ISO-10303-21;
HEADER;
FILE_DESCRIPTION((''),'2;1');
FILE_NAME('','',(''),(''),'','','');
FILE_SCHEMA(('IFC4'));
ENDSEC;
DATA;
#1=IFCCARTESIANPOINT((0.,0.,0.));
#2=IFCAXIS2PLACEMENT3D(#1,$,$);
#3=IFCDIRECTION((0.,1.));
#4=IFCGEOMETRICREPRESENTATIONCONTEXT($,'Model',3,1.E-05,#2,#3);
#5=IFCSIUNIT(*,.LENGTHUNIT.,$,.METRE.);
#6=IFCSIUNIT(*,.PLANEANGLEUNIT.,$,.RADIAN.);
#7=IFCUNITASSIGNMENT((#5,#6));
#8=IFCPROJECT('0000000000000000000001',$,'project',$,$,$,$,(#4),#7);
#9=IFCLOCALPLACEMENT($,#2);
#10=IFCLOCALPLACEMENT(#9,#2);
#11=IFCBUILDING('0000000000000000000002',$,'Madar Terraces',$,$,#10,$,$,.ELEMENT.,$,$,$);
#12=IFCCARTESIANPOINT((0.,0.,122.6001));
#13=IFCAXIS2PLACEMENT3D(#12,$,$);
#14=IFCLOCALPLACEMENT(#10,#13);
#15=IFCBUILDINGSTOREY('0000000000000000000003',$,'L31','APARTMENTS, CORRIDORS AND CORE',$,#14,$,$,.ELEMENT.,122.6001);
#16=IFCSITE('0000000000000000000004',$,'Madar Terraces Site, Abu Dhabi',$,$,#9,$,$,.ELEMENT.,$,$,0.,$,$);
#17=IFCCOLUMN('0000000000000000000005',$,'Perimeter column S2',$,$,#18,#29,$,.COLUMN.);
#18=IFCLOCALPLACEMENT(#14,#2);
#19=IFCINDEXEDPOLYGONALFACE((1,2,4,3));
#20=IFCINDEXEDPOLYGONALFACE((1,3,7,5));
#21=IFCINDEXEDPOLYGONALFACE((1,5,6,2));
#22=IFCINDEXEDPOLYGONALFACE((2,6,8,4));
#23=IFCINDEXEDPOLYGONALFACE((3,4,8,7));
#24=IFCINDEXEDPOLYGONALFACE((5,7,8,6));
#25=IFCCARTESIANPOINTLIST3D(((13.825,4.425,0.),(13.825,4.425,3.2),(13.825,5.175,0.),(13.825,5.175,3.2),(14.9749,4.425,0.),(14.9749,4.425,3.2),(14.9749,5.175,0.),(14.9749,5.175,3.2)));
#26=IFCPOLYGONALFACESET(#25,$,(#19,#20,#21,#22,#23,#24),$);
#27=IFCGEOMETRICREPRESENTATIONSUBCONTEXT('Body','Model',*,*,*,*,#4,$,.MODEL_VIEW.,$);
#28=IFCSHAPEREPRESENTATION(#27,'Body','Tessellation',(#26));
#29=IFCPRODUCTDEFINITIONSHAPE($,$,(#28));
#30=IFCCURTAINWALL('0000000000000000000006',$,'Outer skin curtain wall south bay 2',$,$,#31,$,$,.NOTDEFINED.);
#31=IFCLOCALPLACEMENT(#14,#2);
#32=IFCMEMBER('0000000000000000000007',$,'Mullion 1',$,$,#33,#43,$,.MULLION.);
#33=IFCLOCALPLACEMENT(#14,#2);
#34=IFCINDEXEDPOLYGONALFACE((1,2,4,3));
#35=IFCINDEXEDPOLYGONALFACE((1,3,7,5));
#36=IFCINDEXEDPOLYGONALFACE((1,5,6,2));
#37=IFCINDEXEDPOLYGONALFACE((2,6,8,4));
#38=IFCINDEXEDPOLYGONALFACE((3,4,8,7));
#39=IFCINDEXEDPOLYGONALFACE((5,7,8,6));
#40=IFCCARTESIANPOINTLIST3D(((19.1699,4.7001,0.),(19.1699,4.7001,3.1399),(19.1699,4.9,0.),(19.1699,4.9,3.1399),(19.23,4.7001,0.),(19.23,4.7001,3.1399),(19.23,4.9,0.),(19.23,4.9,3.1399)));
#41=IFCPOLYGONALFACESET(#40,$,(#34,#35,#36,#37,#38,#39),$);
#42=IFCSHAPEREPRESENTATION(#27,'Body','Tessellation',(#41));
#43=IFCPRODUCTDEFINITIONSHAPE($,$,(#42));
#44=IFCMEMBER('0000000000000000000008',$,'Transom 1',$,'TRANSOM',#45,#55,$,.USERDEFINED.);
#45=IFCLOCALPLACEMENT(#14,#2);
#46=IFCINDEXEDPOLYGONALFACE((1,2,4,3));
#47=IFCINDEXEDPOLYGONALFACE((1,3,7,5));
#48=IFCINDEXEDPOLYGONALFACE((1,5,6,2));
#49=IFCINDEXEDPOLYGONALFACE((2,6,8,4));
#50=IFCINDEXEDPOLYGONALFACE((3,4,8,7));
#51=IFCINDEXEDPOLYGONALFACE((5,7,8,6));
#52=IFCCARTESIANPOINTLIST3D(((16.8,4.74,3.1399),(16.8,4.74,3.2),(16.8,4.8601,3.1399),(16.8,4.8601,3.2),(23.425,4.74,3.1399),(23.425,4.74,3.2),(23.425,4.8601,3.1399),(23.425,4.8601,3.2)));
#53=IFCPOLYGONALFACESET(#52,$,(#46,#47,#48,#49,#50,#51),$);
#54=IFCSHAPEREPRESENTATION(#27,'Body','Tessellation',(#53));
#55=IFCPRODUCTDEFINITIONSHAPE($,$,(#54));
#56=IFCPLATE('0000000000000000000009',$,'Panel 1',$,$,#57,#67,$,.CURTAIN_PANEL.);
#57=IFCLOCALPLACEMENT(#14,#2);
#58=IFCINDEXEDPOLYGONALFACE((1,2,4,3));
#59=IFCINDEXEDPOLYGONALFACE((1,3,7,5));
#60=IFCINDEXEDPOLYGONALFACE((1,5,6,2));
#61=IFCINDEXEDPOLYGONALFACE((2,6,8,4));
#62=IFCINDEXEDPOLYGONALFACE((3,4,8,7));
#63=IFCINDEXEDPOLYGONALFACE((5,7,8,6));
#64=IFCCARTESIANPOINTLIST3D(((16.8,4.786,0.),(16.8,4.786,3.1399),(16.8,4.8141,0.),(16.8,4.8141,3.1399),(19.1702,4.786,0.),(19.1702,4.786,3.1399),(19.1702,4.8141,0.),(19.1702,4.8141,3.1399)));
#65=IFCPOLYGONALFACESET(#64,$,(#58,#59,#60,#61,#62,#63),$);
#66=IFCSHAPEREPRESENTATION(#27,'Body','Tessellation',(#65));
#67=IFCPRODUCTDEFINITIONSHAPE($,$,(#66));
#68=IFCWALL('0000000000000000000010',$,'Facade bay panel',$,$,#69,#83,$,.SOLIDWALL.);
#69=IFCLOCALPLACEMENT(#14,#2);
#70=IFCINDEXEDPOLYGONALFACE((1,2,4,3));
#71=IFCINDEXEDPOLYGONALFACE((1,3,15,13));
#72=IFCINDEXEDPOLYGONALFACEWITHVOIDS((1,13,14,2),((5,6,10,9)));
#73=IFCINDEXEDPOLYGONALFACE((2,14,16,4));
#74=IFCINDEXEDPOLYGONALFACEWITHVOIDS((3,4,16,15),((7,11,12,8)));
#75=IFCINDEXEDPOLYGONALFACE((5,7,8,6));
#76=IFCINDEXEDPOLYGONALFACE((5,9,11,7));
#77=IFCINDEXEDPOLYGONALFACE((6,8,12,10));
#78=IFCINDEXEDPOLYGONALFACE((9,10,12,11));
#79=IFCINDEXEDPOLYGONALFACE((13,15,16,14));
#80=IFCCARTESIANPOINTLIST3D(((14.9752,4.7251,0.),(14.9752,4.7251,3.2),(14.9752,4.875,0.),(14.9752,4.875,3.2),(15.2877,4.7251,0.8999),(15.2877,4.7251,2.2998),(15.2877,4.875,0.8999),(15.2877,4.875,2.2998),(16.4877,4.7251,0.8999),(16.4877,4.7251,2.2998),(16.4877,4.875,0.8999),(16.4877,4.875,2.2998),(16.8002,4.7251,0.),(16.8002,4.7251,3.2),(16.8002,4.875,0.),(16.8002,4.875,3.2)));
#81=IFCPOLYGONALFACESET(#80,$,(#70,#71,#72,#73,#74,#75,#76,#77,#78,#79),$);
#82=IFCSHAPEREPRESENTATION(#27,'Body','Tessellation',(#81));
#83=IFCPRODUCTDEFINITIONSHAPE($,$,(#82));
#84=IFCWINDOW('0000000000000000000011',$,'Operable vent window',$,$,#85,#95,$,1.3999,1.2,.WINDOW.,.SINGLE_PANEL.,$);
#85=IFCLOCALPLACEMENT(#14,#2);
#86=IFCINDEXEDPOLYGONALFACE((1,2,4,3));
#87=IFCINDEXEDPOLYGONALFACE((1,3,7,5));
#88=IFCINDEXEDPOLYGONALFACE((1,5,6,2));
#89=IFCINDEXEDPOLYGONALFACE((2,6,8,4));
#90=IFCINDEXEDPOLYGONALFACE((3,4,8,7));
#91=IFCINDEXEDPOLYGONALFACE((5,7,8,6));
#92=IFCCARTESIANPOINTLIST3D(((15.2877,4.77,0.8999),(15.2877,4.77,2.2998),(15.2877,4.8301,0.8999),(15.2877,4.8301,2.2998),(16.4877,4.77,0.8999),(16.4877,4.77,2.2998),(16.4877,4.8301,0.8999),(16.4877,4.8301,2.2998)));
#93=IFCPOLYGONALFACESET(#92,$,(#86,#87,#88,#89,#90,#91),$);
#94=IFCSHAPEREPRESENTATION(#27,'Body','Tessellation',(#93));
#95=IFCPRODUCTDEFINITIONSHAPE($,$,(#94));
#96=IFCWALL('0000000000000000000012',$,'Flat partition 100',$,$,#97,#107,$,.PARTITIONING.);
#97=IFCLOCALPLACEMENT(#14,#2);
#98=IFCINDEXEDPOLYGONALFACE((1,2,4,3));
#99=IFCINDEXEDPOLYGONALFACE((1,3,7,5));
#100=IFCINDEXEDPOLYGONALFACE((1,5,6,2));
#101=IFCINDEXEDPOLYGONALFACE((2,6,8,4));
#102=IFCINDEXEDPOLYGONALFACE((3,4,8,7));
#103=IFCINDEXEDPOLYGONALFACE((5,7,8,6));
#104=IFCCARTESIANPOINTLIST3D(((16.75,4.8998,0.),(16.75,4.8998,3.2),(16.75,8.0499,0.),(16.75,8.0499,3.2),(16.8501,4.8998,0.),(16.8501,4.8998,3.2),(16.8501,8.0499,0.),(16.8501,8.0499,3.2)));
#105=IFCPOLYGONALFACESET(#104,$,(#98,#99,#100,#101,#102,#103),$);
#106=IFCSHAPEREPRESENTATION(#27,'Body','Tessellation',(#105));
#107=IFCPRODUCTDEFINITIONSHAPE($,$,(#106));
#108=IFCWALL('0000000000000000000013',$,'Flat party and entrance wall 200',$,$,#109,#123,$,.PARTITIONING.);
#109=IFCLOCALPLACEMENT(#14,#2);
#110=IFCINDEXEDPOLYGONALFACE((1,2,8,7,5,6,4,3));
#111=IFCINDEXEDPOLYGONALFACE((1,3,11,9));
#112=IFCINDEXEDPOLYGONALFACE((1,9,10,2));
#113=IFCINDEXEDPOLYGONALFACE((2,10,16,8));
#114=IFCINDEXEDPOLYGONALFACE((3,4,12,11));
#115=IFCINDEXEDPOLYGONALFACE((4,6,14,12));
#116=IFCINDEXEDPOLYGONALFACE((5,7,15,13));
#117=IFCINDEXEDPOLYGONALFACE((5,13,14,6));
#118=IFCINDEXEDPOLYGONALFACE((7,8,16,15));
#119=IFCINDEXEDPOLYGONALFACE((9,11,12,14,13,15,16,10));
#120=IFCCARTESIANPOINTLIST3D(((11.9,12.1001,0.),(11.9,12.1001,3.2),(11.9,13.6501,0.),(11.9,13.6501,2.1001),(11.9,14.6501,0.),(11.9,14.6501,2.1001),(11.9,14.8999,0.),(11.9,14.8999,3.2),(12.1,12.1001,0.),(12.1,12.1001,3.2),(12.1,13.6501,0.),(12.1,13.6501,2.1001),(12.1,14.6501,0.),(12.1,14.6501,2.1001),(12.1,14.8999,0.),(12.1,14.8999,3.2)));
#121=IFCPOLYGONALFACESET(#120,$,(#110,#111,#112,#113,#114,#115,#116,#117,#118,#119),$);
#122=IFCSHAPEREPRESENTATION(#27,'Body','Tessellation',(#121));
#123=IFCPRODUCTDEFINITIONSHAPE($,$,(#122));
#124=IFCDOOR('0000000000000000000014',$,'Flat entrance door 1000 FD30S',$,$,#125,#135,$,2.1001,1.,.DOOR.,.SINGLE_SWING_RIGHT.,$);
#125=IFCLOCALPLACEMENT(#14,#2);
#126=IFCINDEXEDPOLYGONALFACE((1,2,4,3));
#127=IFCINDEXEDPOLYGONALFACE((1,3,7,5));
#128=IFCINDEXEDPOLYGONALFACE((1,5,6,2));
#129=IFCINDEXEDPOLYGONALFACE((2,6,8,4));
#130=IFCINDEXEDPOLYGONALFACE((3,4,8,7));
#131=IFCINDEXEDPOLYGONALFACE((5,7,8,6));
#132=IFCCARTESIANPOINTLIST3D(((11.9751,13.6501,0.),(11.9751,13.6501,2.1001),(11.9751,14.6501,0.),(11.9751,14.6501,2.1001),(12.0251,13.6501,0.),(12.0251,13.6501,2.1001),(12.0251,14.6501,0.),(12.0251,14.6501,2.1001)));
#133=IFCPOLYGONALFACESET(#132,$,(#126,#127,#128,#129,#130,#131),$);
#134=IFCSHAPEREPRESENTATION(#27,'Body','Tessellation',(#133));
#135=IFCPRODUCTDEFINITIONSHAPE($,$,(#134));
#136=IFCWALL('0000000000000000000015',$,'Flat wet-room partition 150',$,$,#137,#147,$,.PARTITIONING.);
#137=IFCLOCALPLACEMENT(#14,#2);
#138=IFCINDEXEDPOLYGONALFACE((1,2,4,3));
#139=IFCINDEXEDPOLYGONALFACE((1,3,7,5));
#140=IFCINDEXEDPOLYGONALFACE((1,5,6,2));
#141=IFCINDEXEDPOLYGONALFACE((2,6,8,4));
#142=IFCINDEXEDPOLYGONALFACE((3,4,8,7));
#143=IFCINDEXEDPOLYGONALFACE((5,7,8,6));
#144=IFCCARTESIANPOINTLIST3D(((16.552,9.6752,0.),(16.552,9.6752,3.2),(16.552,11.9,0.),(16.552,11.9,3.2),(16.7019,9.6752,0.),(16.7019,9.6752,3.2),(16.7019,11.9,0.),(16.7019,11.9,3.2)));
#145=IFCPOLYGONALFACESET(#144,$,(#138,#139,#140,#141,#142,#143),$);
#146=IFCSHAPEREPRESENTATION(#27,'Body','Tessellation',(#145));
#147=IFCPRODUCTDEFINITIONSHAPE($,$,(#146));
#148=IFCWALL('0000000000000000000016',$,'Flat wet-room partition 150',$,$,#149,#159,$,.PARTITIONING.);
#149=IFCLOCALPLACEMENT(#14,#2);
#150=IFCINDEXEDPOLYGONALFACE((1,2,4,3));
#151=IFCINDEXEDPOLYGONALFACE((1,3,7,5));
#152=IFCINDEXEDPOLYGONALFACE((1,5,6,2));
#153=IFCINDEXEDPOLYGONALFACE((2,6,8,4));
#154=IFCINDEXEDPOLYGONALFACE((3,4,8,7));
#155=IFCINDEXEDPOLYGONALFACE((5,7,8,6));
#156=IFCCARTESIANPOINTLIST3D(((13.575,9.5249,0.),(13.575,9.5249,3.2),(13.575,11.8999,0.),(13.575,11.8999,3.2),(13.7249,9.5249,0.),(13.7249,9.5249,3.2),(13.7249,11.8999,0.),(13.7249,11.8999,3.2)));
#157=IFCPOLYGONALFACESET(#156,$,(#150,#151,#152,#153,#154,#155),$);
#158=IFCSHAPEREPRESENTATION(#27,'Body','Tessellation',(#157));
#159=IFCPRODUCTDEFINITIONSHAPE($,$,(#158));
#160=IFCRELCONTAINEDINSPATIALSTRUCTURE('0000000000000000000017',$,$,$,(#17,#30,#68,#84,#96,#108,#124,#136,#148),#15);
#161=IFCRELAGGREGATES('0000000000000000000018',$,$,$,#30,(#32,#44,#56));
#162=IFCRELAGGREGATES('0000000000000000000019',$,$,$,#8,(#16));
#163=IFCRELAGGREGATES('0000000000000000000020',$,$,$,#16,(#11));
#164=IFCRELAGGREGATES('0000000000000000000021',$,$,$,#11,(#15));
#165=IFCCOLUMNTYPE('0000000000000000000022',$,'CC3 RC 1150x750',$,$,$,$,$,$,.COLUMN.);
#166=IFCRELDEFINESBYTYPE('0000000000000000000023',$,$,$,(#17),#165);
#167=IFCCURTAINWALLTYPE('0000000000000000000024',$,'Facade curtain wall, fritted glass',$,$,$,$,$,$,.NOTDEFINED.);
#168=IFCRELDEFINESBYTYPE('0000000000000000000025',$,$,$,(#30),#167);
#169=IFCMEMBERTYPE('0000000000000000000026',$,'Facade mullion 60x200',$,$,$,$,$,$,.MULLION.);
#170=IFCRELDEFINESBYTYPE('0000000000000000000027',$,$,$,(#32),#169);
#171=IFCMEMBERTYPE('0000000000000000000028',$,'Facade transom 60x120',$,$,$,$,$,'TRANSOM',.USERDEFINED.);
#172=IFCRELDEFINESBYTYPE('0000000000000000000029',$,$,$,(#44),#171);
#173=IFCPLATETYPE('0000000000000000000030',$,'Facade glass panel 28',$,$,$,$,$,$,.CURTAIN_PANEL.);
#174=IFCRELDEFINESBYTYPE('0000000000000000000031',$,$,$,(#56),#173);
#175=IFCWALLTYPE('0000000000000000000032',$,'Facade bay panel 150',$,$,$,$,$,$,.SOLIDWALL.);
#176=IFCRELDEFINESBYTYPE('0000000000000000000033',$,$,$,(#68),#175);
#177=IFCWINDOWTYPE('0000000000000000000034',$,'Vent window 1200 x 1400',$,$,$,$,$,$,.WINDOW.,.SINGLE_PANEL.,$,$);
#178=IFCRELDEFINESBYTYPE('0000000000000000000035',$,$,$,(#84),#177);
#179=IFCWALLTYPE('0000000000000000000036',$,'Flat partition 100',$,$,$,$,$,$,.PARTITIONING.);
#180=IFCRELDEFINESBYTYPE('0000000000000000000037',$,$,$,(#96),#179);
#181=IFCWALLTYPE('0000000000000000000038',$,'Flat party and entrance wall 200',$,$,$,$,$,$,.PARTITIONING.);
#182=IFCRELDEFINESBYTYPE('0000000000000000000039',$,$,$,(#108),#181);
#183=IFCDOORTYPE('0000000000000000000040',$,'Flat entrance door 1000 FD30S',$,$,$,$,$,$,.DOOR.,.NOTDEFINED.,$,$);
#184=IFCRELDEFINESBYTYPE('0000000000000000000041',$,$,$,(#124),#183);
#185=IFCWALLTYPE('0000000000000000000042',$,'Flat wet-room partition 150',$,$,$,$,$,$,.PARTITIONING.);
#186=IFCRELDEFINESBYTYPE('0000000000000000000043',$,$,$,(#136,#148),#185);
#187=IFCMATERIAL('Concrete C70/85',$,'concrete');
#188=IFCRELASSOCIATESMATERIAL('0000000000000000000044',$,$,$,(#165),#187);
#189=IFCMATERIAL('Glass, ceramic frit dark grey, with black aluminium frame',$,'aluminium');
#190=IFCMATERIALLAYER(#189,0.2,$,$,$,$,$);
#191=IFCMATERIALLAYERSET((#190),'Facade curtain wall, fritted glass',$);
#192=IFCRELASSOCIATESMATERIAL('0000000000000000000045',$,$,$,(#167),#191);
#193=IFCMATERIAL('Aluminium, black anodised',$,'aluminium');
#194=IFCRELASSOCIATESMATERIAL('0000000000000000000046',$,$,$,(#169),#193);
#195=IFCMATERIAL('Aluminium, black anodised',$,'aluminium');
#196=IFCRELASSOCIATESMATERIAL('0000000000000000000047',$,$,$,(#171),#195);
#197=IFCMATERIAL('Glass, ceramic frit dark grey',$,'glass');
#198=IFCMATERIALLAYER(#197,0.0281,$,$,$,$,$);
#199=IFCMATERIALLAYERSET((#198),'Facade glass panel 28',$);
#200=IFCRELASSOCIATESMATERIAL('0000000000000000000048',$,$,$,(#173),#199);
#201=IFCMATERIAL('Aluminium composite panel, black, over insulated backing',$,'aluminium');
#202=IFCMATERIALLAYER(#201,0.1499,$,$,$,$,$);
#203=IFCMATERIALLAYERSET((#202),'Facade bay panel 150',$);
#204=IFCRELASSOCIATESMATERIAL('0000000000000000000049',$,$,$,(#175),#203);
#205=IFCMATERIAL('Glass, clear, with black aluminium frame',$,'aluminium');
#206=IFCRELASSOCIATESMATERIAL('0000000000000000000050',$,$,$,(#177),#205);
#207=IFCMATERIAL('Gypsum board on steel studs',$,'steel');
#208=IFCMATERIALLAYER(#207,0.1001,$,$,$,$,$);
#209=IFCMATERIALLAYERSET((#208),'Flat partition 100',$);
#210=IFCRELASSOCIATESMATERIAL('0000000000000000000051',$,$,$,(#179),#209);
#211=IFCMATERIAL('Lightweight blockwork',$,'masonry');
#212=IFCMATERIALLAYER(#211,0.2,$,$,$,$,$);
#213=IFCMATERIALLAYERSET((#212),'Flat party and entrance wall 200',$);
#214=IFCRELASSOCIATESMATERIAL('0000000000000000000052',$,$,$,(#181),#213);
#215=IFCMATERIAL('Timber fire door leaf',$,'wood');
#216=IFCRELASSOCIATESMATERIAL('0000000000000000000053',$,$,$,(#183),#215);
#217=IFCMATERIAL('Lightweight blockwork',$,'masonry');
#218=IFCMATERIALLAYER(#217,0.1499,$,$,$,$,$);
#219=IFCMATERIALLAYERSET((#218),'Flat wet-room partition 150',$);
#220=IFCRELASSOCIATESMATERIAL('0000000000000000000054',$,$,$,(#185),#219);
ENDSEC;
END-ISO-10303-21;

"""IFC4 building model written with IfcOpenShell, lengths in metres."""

from ifc_helpers import new_model, si_unit, direction, frame, frame_2d, origin, origin_2d, place, context, subcontext, project, spatial, rectangle, extrude, material, layer, layer_set, material_profile, profile_set, type_object, element, fill, aggregate, save


model = new_model("IFC4")

# Units and contexts
model_context = context("Model", 3, precision=1e-05, world=origin(), true_north=direction((0.0, 1.0)))
body_context = subcontext(model_context, "Body", "Model", "MODEL_VIEW")
ifc_project = project(units=[si_unit("LENGTHUNIT", "METRE"), si_unit("PLANEANGLEUNIT", "RADIAN")], contexts=[model_context])

# Site, building, storey
site_placement = place(None, origin())
site = spatial("IfcSite", under=ifc_project, at=site_placement, Name="Madar Terraces Site, Abu Dhabi", CompositionType="ELEMENT", RefElevation=0.0)
building_placement = place(site_placement, origin())
building = spatial("IfcBuilding", under=site, at=building_placement, Name="Madar Terraces", CompositionType="ELEMENT")
storey_placement = place(building_placement, frame((0.0, 0.0, 122.6001)))
storey = spatial("IfcBuildingStorey", under=building, at=storey_placement, Name="L31", Description="APARTMENTS, CORRIDORS AND CORE", CompositionType="ELEMENT", Elevation=122.6001)

# Column
ifc_material_1 = material(Name="Concrete C70/85", Category="concrete")
ifc_material_profile_1 = material_profile(ifc_material_1, rectangle(XDim=1.1499, YDim=0.75, at=origin_2d()), Name="CC3 RC 1150x750")
ifc_profile_set_1 = profile_set([ifc_material_profile_1], Name="Concrete C70/85")
column_type = type_object("IfcColumnType", Name="CC3 RC 1150x750", PredefinedType="COLUMN", material=ifc_profile_set_1)
column_placement = place(storey_placement, frame((14.3999, 4.8, 0.0), z_axis=(0.0, 0.0, 1.0), x_axis=(1.0, 0.0, 0.0)))
element("IfcColumn", 1, at=column_placement, inside=storey, type_object=column_type, Name="Perimeter column S2", PredefinedType="COLUMN", context=body_context, shape_type="SweptSolid", body=[
    extrude(rectangle(XDim=1.1499, YDim=0.75, at=origin_2d()), origin(), (0.0, 0.0, 1.0), 3.2),
])

# Curtain wall, members, plate
ifc_material_2 = material(Name="Glass, ceramic frit dark grey, with black aluminium frame", Category="aluminium")
ifc_layer_1 = layer(ifc_material_2, 0.2)
ifc_layer_set_1 = layer_set([ifc_layer_1], Name="Facade curtain wall, fritted glass")
curtain_wall_type = type_object("IfcCurtainWallType", Name="Facade curtain wall, fritted glass", PredefinedType="NOTDEFINED", material=ifc_layer_set_1)
curtain_wall_placement = place(storey_placement, origin())
curtain_wall = element("IfcCurtainWall", 2, at=curtain_wall_placement, inside=storey, type_object=curtain_wall_type, Name="Outer skin curtain wall south bay 2", PredefinedType="NOTDEFINED")
ifc_material_3 = material(Name="Aluminium, black anodised", Category="aluminium")
ifc_material_profile_2 = material_profile(ifc_material_3, rectangle(XDim=0.2, YDim=0.0601, at=origin_2d()), Name="Facade mullion 60x200")
ifc_profile_set_2 = profile_set([ifc_material_profile_2], Name="Aluminium, black anodised")
member_type_1 = type_object("IfcMemberType", Name="Facade mullion 60x200", PredefinedType="MULLION", material=ifc_profile_set_2)
member_1_placement = place(storey_placement, frame((19.2, 4.8, 0.0), z_axis=(0.0, 0.0, 1.0), x_axis=(0.0, 1.0, 0.0)))
member_1 = element("IfcMember", 3, at=member_1_placement, type_object=member_type_1, Name="Mullion 1", PredefinedType="MULLION", context=body_context, shape_type="SweptSolid", body=[
    extrude(rectangle(XDim=0.2, YDim=0.0601, at=origin_2d()), origin(), (0.0, 0.0, 1.0), 3.1399),
])
ifc_material_4 = material(Name="Aluminium, black anodised", Category="aluminium")
ifc_material_profile_3 = material_profile(ifc_material_4, rectangle(XDim=0.1201, YDim=0.0601, at=origin_2d()), Name="Facade transom 60x120")
ifc_profile_set_3 = profile_set([ifc_material_profile_3], Name="Aluminium, black anodised")
member_type_2 = type_object("IfcMemberType", Name="Facade transom 60x120", ElementType="TRANSOM", PredefinedType="USERDEFINED", material=ifc_profile_set_3)
member_2_placement = place(storey_placement, frame((16.8, 4.8, 3.1699), z_axis=(1.0, 0.0, 0.0), x_axis=(0.0, 1.0, 0.0)))
member_2 = element("IfcMember", 4, at=member_2_placement, type_object=member_type_2, Name="Transom 1", ObjectType="TRANSOM", PredefinedType="USERDEFINED", context=body_context, shape_type="SweptSolid", body=[
    extrude(rectangle(XDim=0.1201, YDim=0.0601, at=origin_2d()), origin(), (0.0, 0.0, 1.0), 6.625),
])
ifc_material_5 = material(Name="Glass, ceramic frit dark grey", Category="glass")
ifc_layer_2 = layer(ifc_material_5, 0.0281)
ifc_layer_set_2 = layer_set([ifc_layer_2], Name="Facade glass panel 28")
plate_type = type_object("IfcPlateType", Name="Facade glass panel 28", PredefinedType="CURTAIN_PANEL", material=ifc_layer_set_2)
plate_placement = place(storey_placement, frame((17.9851, 4.8, 0.0), z_axis=(0.0, 0.0, 1.0), x_axis=(1.0, 0.0, 0.0)))
plate = element("IfcPlate", 5, at=plate_placement, type_object=plate_type, Name="Panel 1", PredefinedType="CURTAIN_PANEL", context=body_context, shape_type="SweptSolid", body=[
    extrude(rectangle(XDim=2.3701, YDim=0.0281, at=origin_2d()), origin(), (0.0, 0.0, 1.0), 3.1399),
])
aggregate(curtain_wall, [member_1, member_2, plate])

# Wall, opening, window
ifc_material_6 = material(Name="Aluminium composite panel, black, over insulated backing", Category="aluminium")
ifc_layer_3 = layer(ifc_material_6, 0.1499)
ifc_layer_set_3 = layer_set([ifc_layer_3], Name="Facade bay panel 150")
wall_type_1 = type_object("IfcWallType", Name="Facade bay panel 150", PredefinedType="SOLIDWALL", material=ifc_layer_set_3)
wall_1_placement = place(storey_placement, frame((14.9751, 4.8, 0.0), z_axis=(0.0, 0.0, 1.0), x_axis=(1.0, 0.0, 0.0)))
wall_1 = element("IfcWall", 6, at=wall_1_placement, inside=storey, type_object=wall_type_1, Name="Facade bay panel", PredefinedType="SOLIDWALL", context=body_context, shape_type="SweptSolid", body=[
    extrude(rectangle(XDim=1.825, YDim=0.1499, at=frame_2d((0.9126, 0.0))), origin(), (0.0, 0.0, 1.0), 3.2),
])
opening_1_placement = place(wall_1_placement, frame((0.3125, 0.0, 0.8999)))
opening_1 = element("IfcOpeningElement", 7, at=opening_1_placement, cuts=wall_1, PredefinedType="OPENING", context=body_context, shape_type="SweptSolid", body=[
    extrude(rectangle(XDim=1.2, YDim=1.3999, at=frame_2d((0.6001, 0.7))), frame((0.0, 0.085, 0.0), z_axis=(0.0, -1.0, 0.0), x_axis=(1.0, 0.0, 0.0)), (0.0, 0.0, 1.0), 0.1699),
])
ifc_material_7 = material(Name="Glass, clear, with black aluminium frame", Category="aluminium")
window_type = type_object("IfcWindowType", Name="Vent window 1200 x 1400", PartitioningType="SINGLE_PANEL", PredefinedType="WINDOW", material=ifc_material_7)
window_placement = place(opening_1_placement, origin())
window = element("IfcWindow", 8, at=window_placement, inside=storey, type_object=window_type, Name="Operable vent window", OverallHeight=1.3999, OverallWidth=1.2, PartitioningType="SINGLE_PANEL", PredefinedType="WINDOW", context=body_context, shape_type="SweptSolid", body=[
    extrude(rectangle(XDim=1.2, YDim=1.3999, at=frame_2d((0.6001, 0.7))), frame((0.0, 0.03, 0.0), z_axis=(0.0, -1.0, 0.0), x_axis=(1.0, 0.0, 0.0)), (0.0, 0.0, 1.0), 0.0601),
])
fill(opening_1, window)

# Wall
ifc_material_8 = material(Name="Gypsum board on steel studs", Category="steel")
ifc_layer_4 = layer(ifc_material_8, 0.1001)
ifc_layer_set_4 = layer_set([ifc_layer_4], Name="Flat partition 100")
wall_type_2 = type_object("IfcWallType", Name="Flat partition 100", PredefinedType="PARTITIONING", material=ifc_layer_set_4)
wall_2_placement = place(storey_placement, frame((16.8, 8.05, 0.0), z_axis=(0.0, 0.0, 1.0), x_axis=(0.0, -1.0, 0.0)))
element("IfcWall", 9, at=wall_2_placement, inside=storey, type_object=wall_type_2, Name="Flat partition 100", PredefinedType="PARTITIONING", context=body_context, shape_type="SweptSolid", body=[
    extrude(rectangle(XDim=3.1501, YDim=0.1001, at=frame_2d((1.5752, 0.0))), origin(), (0.0, 0.0, 1.0), 3.2),
])

# Wall, opening, door
ifc_material_9 = material(Name="Lightweight blockwork", Category="masonry")
ifc_layer_5 = layer(ifc_material_9, 0.2)
ifc_layer_set_5 = layer_set([ifc_layer_5], Name="Flat party and entrance wall 200")
wall_type_3 = type_object("IfcWallType", Name="Flat party and entrance wall 200", PredefinedType="PARTITIONING", material=ifc_layer_set_5)
wall_3_placement = place(storey_placement, frame((12.0, 12.1001, 0.0), z_axis=(0.0, 0.0, 1.0), x_axis=(0.0, 1.0, 0.0)))
wall_3 = element("IfcWall", 10, at=wall_3_placement, inside=storey, type_object=wall_type_3, Name="Flat party and entrance wall 200", PredefinedType="PARTITIONING", context=body_context, shape_type="SweptSolid", body=[
    extrude(rectangle(XDim=2.7998, YDim=0.2, at=frame_2d((1.3999, 0.0))), origin(), (0.0, 0.0, 1.0), 3.2),
])
opening_2_placement = place(wall_3_placement, frame((1.55, 0.0, 0.0)))
opening_2 = element("IfcOpeningElement", 11, at=opening_2_placement, cuts=wall_3, PredefinedType="OPENING", context=body_context, shape_type="SweptSolid", body=[
    extrude(rectangle(XDim=1.0, YDim=2.1001, at=frame_2d((0.5, 1.05))), frame((0.0, 0.1099, 0.0), z_axis=(0.0, -1.0, 0.0), x_axis=(1.0, 0.0, 0.0)), (0.0, 0.0, 1.0), 0.22),
])
ifc_material_10 = material(Name="Timber fire door leaf", Category="wood")
door_type_1 = type_object("IfcDoorType", Name="Flat entrance door 1000 FD30S", OperationType="NOTDEFINED", PredefinedType="DOOR", material=ifc_material_10)
door_1_placement = place(opening_2_placement, origin())
door_1 = element("IfcDoor", 12, at=door_1_placement, inside=storey, type_object=door_type_1, Name="Flat entrance door 1000 FD30S", OperationType="SINGLE_SWING_RIGHT", OverallHeight=2.1001, OverallWidth=1.0, PredefinedType="DOOR", context=body_context, shape_type="SweptSolid", body=[
    extrude(rectangle(XDim=1.0, YDim=2.1001, at=frame_2d((0.5, 1.05))), frame((0.0, 0.0249, 0.0), z_axis=(0.0, -1.0, 0.0), x_axis=(1.0, 0.0, 0.0)), (0.0, 0.0, 1.0), 0.05),
])
fill(opening_2, door_1)

# Walls
ifc_material_11 = material(Name="Lightweight blockwork", Category="masonry")
ifc_layer_6 = layer(ifc_material_11, 0.1499)
ifc_layer_set_6 = layer_set([ifc_layer_6], Name="Flat wet-room partition 150")
wall_type_4 = type_object("IfcWallType", Name="Flat wet-room partition 150", PredefinedType="PARTITIONING", material=ifc_layer_set_6)
wall_4_placement = place(storey_placement, frame((16.627, 11.8999, 0.0), z_axis=(0.0, 0.0, 1.0), x_axis=(0.0, -1.0, 0.0)))
element("IfcWall", 13, at=wall_4_placement, inside=storey, type_object=wall_type_4, Name="Flat wet-room partition 150", PredefinedType="PARTITIONING", context=body_context, shape_type="SweptSolid", body=[
    extrude(rectangle(XDim=2.2249, YDim=0.1499, at=frame_2d((1.1123, 0.0))), origin(), (0.0, 0.0, 1.0), 3.2),
])
wall_5_placement = place(storey_placement, frame((13.6499, 11.8999, 0.0), z_axis=(0.0, 0.0, 1.0), x_axis=(0.0, -1.0, 0.0)))
element("IfcWall", 14, at=wall_5_placement, inside=storey, type_object=wall_type_4, Name="Flat wet-room partition 150", PredefinedType="PARTITIONING", context=body_context, shape_type="SweptSolid", body=[
    extrude(rectangle(XDim=2.375, YDim=0.1499, at=frame_2d((1.1875, 0.0))), origin(), (0.0, 0.0, 1.0), 3.2),
])

save(model, "model.ifc")
